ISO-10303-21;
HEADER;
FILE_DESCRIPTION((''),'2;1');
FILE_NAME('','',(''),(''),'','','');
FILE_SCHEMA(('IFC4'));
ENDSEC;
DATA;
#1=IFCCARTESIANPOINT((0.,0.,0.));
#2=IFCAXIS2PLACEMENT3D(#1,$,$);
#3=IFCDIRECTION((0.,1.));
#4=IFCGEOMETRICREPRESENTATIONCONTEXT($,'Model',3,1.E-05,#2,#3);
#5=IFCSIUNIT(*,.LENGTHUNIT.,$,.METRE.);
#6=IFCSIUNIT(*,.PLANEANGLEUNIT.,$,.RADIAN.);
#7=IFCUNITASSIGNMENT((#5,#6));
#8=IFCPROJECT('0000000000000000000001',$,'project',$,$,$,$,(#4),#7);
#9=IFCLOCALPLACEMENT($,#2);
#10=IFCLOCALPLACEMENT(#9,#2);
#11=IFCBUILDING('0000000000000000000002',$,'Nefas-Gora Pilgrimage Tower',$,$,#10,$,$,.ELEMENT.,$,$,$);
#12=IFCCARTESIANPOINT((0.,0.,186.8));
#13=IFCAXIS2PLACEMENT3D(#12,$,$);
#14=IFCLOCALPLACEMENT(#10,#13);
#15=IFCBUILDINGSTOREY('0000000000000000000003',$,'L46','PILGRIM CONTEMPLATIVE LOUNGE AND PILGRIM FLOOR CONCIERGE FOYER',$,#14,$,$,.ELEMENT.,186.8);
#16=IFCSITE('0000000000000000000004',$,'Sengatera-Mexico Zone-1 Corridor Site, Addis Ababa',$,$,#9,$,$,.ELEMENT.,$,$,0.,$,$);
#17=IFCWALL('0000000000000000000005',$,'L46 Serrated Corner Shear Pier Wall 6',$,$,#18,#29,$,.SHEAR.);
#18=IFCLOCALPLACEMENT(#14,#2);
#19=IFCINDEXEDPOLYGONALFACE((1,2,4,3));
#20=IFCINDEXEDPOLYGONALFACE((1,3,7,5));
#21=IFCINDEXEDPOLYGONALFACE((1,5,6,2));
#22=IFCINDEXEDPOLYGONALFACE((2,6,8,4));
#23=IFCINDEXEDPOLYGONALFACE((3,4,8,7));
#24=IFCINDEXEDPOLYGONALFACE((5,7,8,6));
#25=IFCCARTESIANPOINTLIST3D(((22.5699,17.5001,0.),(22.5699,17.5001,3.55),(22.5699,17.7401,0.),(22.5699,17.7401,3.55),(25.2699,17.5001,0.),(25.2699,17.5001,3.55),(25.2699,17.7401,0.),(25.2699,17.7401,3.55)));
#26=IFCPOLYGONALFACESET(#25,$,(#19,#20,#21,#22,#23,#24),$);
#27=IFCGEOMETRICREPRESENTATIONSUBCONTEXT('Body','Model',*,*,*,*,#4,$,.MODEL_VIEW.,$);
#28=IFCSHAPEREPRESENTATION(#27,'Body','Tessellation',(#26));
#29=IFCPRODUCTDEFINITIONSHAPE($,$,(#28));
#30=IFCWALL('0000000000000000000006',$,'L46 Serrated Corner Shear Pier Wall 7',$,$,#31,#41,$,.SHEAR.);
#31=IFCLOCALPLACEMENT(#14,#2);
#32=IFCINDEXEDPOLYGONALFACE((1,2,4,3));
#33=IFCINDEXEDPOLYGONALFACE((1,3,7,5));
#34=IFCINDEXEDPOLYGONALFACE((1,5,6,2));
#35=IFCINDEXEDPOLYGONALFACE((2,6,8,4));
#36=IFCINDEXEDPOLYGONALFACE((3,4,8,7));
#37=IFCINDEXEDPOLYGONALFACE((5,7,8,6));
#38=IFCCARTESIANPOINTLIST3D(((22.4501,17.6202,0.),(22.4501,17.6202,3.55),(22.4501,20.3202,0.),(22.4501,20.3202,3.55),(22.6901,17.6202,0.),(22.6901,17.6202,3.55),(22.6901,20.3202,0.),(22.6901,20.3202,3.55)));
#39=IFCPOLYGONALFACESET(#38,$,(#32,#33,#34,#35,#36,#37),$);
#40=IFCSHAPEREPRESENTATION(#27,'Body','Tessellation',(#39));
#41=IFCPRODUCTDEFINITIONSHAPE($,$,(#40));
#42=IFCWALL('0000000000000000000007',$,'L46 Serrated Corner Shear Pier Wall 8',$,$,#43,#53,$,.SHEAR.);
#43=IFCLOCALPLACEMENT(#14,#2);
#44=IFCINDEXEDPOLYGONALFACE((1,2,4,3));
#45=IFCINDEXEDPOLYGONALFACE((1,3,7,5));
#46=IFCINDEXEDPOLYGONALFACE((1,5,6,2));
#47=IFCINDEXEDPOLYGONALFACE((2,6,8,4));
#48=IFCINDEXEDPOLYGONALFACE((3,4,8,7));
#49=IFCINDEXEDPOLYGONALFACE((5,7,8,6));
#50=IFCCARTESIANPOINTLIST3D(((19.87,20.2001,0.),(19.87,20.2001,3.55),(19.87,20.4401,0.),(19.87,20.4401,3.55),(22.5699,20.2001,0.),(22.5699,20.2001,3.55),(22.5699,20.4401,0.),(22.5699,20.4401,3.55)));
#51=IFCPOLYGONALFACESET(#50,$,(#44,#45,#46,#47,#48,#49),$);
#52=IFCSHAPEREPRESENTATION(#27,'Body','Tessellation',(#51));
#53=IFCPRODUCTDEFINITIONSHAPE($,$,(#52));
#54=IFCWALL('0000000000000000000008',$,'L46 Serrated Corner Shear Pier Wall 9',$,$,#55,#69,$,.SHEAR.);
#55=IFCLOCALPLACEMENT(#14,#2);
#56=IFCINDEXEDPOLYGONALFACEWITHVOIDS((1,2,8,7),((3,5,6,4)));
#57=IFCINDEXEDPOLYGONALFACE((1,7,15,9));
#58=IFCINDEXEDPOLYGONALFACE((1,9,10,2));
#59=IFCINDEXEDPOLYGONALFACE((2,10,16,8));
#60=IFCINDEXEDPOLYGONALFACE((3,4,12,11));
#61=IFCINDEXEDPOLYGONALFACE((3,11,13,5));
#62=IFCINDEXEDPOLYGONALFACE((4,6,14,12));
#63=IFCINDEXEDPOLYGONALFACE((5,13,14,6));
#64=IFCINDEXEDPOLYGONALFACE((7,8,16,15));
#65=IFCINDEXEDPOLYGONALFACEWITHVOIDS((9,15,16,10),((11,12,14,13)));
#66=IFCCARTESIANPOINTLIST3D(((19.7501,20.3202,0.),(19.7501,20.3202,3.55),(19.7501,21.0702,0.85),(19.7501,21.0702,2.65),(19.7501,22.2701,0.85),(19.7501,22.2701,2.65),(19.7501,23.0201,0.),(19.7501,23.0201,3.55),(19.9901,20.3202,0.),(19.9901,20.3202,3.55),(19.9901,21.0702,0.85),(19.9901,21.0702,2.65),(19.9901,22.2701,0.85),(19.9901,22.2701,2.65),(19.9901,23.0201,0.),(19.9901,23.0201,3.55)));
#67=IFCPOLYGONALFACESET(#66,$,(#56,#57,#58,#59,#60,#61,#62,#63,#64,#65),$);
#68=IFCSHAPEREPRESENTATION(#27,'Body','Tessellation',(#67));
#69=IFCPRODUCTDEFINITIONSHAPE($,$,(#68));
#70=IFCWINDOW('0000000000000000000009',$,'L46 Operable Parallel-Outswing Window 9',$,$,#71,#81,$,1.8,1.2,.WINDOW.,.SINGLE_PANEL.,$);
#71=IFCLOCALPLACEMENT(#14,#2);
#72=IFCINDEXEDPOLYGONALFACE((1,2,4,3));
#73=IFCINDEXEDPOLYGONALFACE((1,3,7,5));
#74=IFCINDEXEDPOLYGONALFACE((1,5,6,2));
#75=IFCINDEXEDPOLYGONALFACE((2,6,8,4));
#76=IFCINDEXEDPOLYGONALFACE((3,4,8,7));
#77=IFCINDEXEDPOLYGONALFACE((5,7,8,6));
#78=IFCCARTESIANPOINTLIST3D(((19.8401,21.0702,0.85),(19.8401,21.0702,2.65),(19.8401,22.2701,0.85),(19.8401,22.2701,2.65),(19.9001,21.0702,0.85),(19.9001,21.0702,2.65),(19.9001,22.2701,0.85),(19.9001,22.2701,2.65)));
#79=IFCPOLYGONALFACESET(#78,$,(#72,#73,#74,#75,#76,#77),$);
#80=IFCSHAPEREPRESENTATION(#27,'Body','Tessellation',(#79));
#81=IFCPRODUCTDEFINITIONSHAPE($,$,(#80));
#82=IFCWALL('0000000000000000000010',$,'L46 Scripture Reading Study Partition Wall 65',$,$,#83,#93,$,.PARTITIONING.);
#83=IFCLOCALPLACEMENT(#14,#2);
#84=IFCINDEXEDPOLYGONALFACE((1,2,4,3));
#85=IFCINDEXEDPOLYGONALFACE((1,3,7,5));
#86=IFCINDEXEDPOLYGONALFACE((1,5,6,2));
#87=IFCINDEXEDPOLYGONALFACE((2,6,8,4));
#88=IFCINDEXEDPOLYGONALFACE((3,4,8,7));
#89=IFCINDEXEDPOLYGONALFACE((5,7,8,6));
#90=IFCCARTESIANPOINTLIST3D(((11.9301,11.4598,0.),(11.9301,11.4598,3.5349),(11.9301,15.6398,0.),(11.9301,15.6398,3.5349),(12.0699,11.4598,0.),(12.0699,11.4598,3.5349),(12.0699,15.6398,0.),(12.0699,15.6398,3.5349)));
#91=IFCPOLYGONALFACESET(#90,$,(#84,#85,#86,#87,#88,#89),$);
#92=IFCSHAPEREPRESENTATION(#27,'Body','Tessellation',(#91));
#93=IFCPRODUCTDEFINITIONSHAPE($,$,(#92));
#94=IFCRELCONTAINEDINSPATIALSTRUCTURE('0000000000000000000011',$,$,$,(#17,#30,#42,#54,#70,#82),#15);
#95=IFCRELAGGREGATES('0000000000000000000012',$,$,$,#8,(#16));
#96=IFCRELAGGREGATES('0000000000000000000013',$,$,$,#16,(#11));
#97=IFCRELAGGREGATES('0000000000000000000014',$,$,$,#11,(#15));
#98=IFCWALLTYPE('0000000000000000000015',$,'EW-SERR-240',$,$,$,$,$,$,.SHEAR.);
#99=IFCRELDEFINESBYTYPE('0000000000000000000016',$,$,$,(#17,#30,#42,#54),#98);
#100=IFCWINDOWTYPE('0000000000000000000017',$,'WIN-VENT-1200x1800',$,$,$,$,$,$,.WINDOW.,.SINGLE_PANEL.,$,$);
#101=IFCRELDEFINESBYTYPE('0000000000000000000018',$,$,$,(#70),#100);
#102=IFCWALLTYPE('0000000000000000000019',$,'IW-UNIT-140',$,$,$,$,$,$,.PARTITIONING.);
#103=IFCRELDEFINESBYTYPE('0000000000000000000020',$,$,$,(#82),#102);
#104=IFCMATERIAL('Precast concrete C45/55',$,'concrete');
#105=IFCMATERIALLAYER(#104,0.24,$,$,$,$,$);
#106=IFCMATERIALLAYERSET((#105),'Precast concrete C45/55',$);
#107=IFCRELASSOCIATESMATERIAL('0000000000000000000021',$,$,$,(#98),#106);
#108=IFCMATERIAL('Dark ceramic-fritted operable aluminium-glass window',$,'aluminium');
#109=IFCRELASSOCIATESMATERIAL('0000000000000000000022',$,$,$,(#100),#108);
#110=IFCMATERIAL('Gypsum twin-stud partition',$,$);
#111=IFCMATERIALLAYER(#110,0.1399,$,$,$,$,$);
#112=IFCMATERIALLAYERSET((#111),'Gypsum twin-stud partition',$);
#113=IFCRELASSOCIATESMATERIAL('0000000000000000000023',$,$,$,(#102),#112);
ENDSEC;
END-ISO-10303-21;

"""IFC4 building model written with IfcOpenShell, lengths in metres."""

from ifc_helpers import new_model, si_unit, direction, frame, frame_2d, origin, place, context, subcontext, project, spatial, rectangle, extrude, source, transform, mapped, material, layer, layer_set, type_object, element, fill, save


model = new_model("IFC4")

# Units and contexts
model_context = context("Model", 3, precision=1e-05, world=origin(), true_north=direction((0.0, 1.0)))
body_context = subcontext(model_context, "Body", "Model", "MODEL_VIEW")
ifc_project = project(units=[si_unit("LENGTHUNIT", "METRE"), si_unit("PLANEANGLEUNIT", "RADIAN")], contexts=[model_context])

# Site, building, storey
site_placement = place(None, origin())
site = spatial("IfcSite", under=ifc_project, at=site_placement, Name="Sengatera-Mexico Zone-1 Corridor Site, Addis Ababa", CompositionType="ELEMENT", RefElevation=0.0)
building_placement = place(site_placement, origin())
building = spatial("IfcBuilding", under=site, at=building_placement, Name="Nefas-Gora Pilgrimage Tower", CompositionType="ELEMENT")
storey_placement = place(building_placement, frame((0.0, 0.0, 186.8)))
storey = spatial("IfcBuildingStorey", under=building, at=storey_placement, Name="L46", Description="PILGRIM CONTEMPLATIVE LOUNGE AND PILGRIM FLOOR CONCIERGE FOYER", CompositionType="ELEMENT", Elevation=186.8)

# Walls
ifc_material_1 = material(Name="Precast concrete C45/55", Category="concrete")
ifc_layer_1 = layer(ifc_material_1, 0.24)
ifc_layer_set_1 = layer_set([ifc_layer_1], Name="Precast concrete C45/55")
wall_type_1 = type_object("IfcWallType", Name="EW-SERR-240", PredefinedType="SHEAR", material=ifc_layer_set_1)
shared_shape_1 = source(origin(), body_context, "Body", "SweptSolid", [
    extrude(rectangle(XDim=2.7, YDim=0.24, at=frame_2d((1.3501, 0.0))), origin(), (0.0, 0.0, 1.0), 3.55),
])
for number, where, z_axis, x_axis, name in (
    (1, (25.27, 17.6201, 0.0), (0.0, 0.0, 1.0), (-1.0, 0.0, 0.0), "L46 Serrated Corner Shear Pier Wall 6"),
    (2, (22.5701, 17.6201, 0.0), (0.0, 0.0, 1.0), (0.0, 1.0, 0.0), "L46 Serrated Corner Shear Pier Wall 7"),
    (3, (22.5701, 20.3201, 0.0), (0.0, 0.0, 1.0), (-1.0, 0.0, 0.0), "L46 Serrated Corner Shear Pier Wall 8"),
):
    element("IfcWall", number, at=place(storey_placement, frame(where, z_axis=z_axis, x_axis=x_axis)), inside=storey, type_object=wall_type_1, Name=name, PredefinedType="SHEAR", context=body_context, shape_type="MappedRepresentation", body=[
        mapped(shared_shape_1, transform((0.0, 0.0, 0.0), x_axis=(1.0, 0.0, 0.0), y_axis=(0.0, 1.0, 0.0), z_axis=(0.0, 0.0, 1.0), scale=1.0)),
    ])

# Wall, opening, window
wall_1_placement = place(storey_placement, frame((19.8701, 20.3201, 0.0), z_axis=(0.0, 0.0, 1.0), x_axis=(0.0, 1.0, 0.0)))
wall_1 = element("IfcWall", 4, at=wall_1_placement, inside=storey, type_object=wall_type_1, Name="L46 Serrated Corner Shear Pier Wall 9", PredefinedType="SHEAR", context=body_context, shape_type="MappedRepresentation", body=[
    mapped(shared_shape_1, transform((0.0, 0.0, 0.0), x_axis=(1.0, 0.0, 0.0), y_axis=(0.0, 1.0, 0.0), z_axis=(0.0, 0.0, 1.0), scale=1.0)),
])
opening_placement = place(wall_1_placement, frame((0.75, 0.0, 0.8501)))
opening = element("IfcOpeningElement", 5, at=opening_placement, cuts=wall_1, PredefinedType="OPENING", context=body_context, shape_type="SweptSolid", body=[
    extrude(rectangle(XDim=1.2, YDim=1.8, at=frame_2d((0.6001, 0.8999))), frame((0.0, 0.1299, 0.0), z_axis=(0.0, -1.0, 0.0), x_axis=(1.0, 0.0, 0.0)), (0.0, 0.0, 1.0), 0.26),
])
ifc_material_2 = material(Name="Dark ceramic-fritted operable aluminium-glass window", Category="aluminium")
window_type = type_object("IfcWindowType", Name="WIN-VENT-1200x1800", PartitioningType="SINGLE_PANEL", PredefinedType="WINDOW", material=ifc_material_2)
shared_shape_2 = source(origin(), body_context, "Body", "SweptSolid", [
    extrude(rectangle(XDim=1.2, YDim=1.8, at=frame_2d((0.6001, 0.8999))), frame((0.0, 0.03, 0.0), z_axis=(0.0, -1.0, 0.0), x_axis=(1.0, 0.0, 0.0)), (0.0, 0.0, 1.0), 0.0601),
])
window_placement = place(opening_placement, origin())
window = element("IfcWindow", 6, at=window_placement, inside=storey, type_object=window_type, Name="L46 Operable Parallel-Outswing Window 9", OverallHeight=1.8, OverallWidth=1.2, PartitioningType="SINGLE_PANEL", PredefinedType="WINDOW", context=body_context, shape_type="MappedRepresentation", body=[
    mapped(shared_shape_2, transform((0.0, 0.0, 0.0), x_axis=(1.0, 0.0, 0.0), y_axis=(0.0, 1.0, 0.0), z_axis=(0.0, 0.0, 1.0), scale=1.0)),
])
fill(opening, window)

# Wall
ifc_material_3 = material(Name="Gypsum twin-stud partition")
ifc_layer_2 = layer(ifc_material_3, 0.1399)
ifc_layer_set_2 = layer_set([ifc_layer_2], Name="Gypsum twin-stud partition")
wall_type_2 = type_object("IfcWallType", Name="IW-UNIT-140", PredefinedType="PARTITIONING", material=ifc_layer_set_2)
shared_shape_3 = source(origin(), body_context, "Body", "SweptSolid", [
    extrude(rectangle(XDim=4.1799, YDim=0.1399, at=frame_2d((2.0898, 0.0))), origin(), (0.0, 0.0, 1.0), 3.5349),
])
wall_2_placement = place(storey_placement, frame((12.0, 11.46, 0.0), z_axis=(0.0, 0.0, 1.0), x_axis=(0.0, 1.0, 0.0)))
element("IfcWall", 7, at=wall_2_placement, inside=storey, type_object=wall_type_2, Name="L46 Scripture Reading Study Partition Wall 65", PredefinedType="PARTITIONING", context=body_context, shape_type="MappedRepresentation", body=[
    mapped(shared_shape_3, transform((0.0, 0.0, 0.0), x_axis=(1.0, 0.0, 0.0), y_axis=(0.0, 1.0, 0.0), z_axis=(0.0, 0.0, 1.0), scale=1.0)),
])

save(model, "model.ifc")
